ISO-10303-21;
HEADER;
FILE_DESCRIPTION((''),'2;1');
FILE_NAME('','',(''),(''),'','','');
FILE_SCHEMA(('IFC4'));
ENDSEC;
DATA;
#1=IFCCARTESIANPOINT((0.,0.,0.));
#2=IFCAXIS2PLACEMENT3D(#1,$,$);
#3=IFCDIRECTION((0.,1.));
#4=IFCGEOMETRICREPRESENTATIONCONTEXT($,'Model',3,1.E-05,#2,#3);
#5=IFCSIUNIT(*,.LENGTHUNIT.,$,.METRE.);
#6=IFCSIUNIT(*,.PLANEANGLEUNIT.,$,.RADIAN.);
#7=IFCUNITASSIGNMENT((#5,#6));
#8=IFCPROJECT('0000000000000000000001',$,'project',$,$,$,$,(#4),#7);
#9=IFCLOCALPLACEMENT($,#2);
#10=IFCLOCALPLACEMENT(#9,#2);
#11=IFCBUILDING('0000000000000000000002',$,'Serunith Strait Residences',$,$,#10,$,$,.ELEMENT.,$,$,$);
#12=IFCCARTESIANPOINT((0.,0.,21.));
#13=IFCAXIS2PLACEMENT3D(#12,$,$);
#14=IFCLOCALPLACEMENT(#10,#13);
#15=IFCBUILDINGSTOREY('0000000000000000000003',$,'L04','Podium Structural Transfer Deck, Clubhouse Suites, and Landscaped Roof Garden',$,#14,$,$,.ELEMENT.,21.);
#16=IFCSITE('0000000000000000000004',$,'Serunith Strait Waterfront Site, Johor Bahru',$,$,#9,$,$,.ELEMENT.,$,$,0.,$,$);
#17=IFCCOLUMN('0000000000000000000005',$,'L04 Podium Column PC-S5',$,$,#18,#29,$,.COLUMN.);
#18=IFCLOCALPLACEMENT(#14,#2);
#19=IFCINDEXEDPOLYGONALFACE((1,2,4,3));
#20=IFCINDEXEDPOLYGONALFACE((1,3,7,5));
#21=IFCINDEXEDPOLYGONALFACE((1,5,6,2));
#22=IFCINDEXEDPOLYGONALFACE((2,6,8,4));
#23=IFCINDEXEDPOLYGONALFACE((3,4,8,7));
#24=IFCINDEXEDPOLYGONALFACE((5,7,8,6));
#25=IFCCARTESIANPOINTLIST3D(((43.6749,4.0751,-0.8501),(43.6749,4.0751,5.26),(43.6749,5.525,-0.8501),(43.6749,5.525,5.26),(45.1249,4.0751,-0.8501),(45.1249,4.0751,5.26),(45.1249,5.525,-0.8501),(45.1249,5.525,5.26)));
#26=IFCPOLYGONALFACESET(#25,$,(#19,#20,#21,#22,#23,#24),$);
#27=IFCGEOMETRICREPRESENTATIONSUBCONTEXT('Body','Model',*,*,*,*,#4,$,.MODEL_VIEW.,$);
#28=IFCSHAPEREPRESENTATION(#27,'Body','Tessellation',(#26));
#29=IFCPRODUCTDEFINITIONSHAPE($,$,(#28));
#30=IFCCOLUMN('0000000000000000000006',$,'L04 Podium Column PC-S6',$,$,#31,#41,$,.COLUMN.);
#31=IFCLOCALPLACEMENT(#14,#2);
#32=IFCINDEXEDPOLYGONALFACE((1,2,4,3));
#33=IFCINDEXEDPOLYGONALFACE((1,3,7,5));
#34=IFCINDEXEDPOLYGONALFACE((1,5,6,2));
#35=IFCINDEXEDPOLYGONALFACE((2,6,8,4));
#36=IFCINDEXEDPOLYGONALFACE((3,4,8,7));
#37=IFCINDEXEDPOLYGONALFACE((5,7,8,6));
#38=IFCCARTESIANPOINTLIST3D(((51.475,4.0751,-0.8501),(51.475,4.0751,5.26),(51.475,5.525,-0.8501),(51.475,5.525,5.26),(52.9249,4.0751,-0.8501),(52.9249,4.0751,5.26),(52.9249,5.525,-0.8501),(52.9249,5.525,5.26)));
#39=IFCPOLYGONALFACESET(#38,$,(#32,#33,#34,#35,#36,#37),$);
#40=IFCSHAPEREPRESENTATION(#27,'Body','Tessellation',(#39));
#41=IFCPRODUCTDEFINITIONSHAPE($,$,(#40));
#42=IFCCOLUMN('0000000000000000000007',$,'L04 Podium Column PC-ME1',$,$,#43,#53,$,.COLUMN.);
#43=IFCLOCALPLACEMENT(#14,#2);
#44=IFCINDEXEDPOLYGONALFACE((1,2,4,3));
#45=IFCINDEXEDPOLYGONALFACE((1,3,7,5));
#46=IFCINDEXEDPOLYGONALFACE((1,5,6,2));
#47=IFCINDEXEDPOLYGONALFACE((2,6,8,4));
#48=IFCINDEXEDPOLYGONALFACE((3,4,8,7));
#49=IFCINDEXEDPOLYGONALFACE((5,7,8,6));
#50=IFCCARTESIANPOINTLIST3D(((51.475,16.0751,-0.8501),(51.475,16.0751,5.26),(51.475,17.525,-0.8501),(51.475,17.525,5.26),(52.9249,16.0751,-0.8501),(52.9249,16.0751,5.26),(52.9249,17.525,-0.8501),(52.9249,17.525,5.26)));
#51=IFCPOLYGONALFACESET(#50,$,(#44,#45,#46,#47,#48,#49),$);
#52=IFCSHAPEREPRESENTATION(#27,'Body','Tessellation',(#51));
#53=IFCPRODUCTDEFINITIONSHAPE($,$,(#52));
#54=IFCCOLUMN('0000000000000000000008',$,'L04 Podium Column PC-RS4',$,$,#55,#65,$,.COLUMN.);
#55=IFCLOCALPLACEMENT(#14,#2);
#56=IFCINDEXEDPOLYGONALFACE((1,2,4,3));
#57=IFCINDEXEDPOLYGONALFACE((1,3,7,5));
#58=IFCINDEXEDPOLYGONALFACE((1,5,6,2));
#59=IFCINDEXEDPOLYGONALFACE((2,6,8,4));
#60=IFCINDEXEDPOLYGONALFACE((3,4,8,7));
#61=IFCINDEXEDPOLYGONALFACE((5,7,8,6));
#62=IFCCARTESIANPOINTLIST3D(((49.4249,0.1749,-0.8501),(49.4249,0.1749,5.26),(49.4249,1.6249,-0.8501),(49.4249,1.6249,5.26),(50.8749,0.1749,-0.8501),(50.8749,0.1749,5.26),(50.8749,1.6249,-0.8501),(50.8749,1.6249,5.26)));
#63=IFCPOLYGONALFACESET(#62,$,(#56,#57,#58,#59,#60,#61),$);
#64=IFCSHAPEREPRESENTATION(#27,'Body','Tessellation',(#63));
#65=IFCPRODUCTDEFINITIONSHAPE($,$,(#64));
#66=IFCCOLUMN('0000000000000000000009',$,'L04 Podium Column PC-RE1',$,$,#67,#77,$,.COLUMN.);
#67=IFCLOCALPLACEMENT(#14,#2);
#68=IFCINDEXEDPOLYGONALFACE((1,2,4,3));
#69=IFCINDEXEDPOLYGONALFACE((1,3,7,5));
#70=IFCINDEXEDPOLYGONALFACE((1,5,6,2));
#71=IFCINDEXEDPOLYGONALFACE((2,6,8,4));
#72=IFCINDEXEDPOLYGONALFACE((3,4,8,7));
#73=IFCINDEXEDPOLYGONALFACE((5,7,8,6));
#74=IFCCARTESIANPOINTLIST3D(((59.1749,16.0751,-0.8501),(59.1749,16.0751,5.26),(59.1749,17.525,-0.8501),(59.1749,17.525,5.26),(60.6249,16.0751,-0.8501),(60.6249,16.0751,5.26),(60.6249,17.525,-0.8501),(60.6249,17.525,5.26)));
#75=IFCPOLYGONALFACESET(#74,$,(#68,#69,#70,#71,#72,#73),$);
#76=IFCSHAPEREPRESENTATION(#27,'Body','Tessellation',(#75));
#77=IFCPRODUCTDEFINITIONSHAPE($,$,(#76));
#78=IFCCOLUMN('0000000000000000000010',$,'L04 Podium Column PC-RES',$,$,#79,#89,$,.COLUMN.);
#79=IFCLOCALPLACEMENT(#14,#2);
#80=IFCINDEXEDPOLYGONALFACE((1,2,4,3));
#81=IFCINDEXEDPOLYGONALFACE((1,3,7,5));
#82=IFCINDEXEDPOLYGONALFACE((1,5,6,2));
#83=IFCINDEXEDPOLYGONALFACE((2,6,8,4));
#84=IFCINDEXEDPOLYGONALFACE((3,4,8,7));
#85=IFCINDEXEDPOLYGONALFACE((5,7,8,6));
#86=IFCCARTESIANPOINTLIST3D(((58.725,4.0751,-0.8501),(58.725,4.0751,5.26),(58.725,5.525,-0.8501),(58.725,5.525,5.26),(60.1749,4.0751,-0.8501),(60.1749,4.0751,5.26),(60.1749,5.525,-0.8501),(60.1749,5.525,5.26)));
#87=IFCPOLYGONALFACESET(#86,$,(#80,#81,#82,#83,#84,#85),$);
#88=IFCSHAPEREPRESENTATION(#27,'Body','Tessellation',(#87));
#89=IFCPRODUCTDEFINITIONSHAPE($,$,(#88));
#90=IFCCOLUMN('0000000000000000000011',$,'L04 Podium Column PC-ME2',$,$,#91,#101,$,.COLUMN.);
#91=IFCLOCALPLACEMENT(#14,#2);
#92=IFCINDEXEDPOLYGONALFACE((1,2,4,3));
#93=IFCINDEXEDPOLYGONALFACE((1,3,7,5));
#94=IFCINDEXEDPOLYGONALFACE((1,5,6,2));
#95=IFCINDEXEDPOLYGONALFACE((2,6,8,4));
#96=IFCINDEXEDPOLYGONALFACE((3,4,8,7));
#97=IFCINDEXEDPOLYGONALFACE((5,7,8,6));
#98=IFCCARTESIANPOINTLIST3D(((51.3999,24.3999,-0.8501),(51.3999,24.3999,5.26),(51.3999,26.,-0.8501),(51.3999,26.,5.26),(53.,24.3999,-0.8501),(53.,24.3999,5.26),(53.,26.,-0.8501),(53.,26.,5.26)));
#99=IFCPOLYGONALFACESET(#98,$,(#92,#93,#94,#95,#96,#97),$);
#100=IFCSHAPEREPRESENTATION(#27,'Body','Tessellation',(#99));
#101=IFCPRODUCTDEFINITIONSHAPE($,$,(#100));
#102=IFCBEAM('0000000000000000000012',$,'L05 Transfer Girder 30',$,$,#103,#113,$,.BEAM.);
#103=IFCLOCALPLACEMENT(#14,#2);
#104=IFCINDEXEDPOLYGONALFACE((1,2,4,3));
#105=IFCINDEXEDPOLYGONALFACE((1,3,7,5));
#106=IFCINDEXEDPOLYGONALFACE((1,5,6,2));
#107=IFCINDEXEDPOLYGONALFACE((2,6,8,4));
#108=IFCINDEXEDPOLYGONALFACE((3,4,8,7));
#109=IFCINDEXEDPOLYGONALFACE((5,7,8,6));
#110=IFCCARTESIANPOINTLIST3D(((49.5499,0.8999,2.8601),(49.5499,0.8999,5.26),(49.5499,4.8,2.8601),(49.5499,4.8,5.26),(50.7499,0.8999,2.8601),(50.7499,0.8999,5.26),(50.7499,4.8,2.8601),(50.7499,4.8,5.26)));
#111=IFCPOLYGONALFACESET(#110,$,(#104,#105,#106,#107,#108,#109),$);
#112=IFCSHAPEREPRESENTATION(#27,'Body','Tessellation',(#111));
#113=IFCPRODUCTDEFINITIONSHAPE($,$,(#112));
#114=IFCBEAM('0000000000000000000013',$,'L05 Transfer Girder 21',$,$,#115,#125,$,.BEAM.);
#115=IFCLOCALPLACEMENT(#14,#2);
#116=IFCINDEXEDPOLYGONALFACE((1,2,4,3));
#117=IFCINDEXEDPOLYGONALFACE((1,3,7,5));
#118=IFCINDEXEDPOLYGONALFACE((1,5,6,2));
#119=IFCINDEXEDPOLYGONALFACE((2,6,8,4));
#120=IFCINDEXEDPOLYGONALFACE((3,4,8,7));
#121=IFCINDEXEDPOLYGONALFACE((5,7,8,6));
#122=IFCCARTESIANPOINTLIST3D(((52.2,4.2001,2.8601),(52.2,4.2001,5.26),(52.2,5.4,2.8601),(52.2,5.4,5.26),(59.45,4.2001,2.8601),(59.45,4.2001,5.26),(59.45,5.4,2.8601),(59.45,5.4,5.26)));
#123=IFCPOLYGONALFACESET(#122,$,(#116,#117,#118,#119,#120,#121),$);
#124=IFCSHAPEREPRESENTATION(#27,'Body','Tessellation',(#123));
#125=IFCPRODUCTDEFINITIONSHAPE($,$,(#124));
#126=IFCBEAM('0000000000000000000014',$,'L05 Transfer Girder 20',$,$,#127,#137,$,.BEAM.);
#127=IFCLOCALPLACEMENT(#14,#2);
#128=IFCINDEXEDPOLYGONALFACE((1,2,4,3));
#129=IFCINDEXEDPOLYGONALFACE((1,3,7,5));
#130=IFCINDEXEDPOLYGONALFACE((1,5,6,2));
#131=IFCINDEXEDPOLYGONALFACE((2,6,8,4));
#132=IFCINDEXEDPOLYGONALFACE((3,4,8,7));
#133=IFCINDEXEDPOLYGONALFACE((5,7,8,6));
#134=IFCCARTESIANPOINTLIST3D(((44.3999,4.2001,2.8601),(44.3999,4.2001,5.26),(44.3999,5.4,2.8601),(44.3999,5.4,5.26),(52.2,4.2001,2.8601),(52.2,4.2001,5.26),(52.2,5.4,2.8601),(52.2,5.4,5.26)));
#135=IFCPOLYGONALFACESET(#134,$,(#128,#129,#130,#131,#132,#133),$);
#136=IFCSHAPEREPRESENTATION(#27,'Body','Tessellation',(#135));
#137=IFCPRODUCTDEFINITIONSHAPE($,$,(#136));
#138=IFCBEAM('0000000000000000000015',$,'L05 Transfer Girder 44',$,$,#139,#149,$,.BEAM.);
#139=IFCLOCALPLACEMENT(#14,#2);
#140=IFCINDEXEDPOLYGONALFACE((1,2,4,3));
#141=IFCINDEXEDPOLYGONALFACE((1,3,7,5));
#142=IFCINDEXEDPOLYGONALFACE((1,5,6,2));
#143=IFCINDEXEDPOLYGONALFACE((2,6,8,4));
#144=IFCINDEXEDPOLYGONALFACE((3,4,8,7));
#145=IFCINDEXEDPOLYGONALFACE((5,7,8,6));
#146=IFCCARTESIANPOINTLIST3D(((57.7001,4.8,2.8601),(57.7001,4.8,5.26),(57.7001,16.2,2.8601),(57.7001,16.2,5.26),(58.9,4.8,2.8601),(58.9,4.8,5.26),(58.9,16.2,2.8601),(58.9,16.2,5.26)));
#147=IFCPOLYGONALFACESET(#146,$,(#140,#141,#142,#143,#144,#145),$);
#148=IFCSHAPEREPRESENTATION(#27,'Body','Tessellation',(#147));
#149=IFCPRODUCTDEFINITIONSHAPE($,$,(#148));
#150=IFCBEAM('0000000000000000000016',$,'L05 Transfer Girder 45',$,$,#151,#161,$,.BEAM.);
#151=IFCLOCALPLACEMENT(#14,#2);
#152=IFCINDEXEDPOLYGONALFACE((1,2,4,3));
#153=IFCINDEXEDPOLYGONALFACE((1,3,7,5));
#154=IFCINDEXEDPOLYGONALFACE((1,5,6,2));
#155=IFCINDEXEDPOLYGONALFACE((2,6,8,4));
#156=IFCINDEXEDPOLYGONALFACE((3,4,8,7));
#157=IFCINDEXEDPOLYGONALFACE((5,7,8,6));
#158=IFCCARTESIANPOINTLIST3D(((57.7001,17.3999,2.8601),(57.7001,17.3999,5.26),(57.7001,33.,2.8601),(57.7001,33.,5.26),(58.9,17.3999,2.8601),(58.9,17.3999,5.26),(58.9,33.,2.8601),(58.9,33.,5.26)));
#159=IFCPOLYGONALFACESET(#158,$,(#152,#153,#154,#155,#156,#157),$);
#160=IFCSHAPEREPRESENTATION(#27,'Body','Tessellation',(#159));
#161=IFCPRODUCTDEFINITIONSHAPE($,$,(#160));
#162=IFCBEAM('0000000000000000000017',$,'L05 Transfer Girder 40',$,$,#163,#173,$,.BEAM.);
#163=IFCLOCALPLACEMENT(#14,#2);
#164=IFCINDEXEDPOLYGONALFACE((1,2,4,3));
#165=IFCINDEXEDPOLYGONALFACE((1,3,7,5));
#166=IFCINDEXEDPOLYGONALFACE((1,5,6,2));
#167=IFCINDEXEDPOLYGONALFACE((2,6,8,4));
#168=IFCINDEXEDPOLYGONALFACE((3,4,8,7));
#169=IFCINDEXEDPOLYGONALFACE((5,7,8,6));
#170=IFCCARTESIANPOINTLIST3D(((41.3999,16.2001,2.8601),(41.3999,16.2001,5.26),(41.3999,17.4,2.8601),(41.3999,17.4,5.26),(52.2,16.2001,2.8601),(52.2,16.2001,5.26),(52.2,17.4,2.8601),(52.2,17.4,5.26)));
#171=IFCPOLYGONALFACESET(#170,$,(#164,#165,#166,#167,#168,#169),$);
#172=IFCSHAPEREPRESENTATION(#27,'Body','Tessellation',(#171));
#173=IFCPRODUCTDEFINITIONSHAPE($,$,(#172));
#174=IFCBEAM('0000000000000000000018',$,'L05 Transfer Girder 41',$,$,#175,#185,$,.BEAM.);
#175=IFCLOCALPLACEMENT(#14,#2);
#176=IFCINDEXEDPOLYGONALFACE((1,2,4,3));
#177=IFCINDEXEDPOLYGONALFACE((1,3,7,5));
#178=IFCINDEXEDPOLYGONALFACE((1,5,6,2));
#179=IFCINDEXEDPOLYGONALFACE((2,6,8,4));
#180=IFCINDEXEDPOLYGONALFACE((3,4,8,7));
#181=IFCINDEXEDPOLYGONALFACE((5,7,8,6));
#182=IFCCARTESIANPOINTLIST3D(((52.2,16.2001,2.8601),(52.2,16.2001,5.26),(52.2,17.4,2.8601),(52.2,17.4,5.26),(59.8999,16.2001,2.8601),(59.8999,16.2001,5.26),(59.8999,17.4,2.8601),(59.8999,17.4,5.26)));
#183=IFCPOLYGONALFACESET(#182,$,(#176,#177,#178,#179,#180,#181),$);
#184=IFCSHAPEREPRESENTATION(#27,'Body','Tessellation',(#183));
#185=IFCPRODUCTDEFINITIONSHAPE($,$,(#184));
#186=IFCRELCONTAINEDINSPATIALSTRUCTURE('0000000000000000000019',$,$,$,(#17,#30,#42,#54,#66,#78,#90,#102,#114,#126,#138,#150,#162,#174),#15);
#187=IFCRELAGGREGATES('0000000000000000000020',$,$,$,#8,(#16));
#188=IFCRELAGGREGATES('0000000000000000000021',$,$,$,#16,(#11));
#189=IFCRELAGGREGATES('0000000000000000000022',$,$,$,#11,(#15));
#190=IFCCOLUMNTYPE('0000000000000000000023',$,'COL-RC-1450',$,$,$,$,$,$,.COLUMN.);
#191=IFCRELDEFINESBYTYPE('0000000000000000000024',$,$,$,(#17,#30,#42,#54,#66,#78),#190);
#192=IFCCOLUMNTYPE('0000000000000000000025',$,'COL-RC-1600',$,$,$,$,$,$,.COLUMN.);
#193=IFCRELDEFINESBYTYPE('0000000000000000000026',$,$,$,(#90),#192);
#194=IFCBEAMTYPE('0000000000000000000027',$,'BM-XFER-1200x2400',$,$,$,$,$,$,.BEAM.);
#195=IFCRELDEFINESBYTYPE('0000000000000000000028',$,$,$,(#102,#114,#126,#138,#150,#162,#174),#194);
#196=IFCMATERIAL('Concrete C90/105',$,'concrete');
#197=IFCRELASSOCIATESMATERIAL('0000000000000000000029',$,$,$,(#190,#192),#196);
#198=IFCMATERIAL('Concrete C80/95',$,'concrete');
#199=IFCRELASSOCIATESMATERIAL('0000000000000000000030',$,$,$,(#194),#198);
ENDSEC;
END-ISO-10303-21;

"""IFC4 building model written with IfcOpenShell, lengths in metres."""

from ifc_helpers import new_model, si_unit, direction, frame, origin, origin_2d, place, context, subcontext, project, spatial, rectangle, extrude, source, transform, mapped, material, material_profile, profile_set, type_object, element, save


model = new_model("IFC4")

# Units and contexts
model_context = context("Model", 3, precision=1e-05, world=origin(), true_north=direction((0.0, 1.0)))
body_context = subcontext(model_context, "Body", "Model", "MODEL_VIEW")
ifc_project = project(units=[si_unit("LENGTHUNIT", "METRE"), si_unit("PLANEANGLEUNIT", "RADIAN")], contexts=[model_context])

# Site, building, storey
site_placement = place(None, origin())
site = spatial("IfcSite", under=ifc_project, at=site_placement, Name="Serunith Strait Waterfront Site, Johor Bahru", CompositionType="ELEMENT", RefElevation=0.0)
building_placement = place(site_placement, origin())
building = spatial("IfcBuilding", under=site, at=building_placement, Name="Serunith Strait Residences", CompositionType="ELEMENT")
storey_placement = place(building_placement, frame((0.0, 0.0, 21.0)))
storey = spatial("IfcBuildingStorey", under=building, at=storey_placement, Name="L04", Description="Podium Structural Transfer Deck, Clubhouse Suites, and Landscaped Roof Garden", CompositionType="ELEMENT", Elevation=21.0)

# Columns
ifc_material_1 = material(Name="Concrete C90/105", Category="concrete")
ifc_material_profile_1 = material_profile(ifc_material_1, rectangle(XDim=1.45, YDim=1.45, at=origin_2d()), Name="RC 1450x1450")
ifc_profile_set_1 = profile_set([ifc_material_profile_1], Name="Concrete C90/105")
column_type_1 = type_object("IfcColumnType", Name="COL-RC-1450", PredefinedType="COLUMN", material=ifc_profile_set_1)
shared_shape_1 = source(origin(), body_context, "Body", "SweptSolid", [
    extrude(rectangle(XDim=1.45, YDim=1.45, at=origin_2d()), origin(), (0.0, 0.0, 1.0), 6.1101),
])
for number, where, z_axis, x_axis, name in (
    (1, (44.3999, 4.8, -0.8501), (0.0, 0.0, 1.0), (1.0, 0.0, 0.0), "L04 Podium Column PC-S5"),
    (2, (52.2, 4.8, -0.8501), (0.0, 0.0, 1.0), (1.0, 0.0, 0.0), "L04 Podium Column PC-S6"),
    (3, (52.2, 16.8, -0.8501), (0.0, 0.0, 1.0), (1.0, 0.0, 0.0), "L04 Podium Column PC-ME1"),
    (4, (50.1499, 0.8999, -0.8501), (0.0, 0.0, 1.0), (1.0, 0.0, 0.0), "L04 Podium Column PC-RS4"),
    (5, (59.8999, 16.8, -0.8501), (0.0, 0.0, 1.0), (1.0, 0.0, 0.0), "L04 Podium Column PC-RE1"),
    (6, (59.45, 4.8, -0.8501), (0.0, 0.0, 1.0), (1.0, 0.0, 0.0), "L04 Podium Column PC-RES"),
):
    element("IfcColumn", number, at=place(storey_placement, frame(where, z_axis=z_axis, x_axis=x_axis)), inside=storey, type_object=column_type_1, Name=name, PredefinedType="COLUMN", context=body_context, shape_type="MappedRepresentation", body=[
        mapped(shared_shape_1, transform((0.0, 0.0, 0.0), scale=1.0)),
    ])
ifc_material_profile_2 = material_profile(ifc_material_1, rectangle(XDim=1.6001, YDim=1.6001, at=origin_2d()), Name="RC 1600x1600")
ifc_profile_set_2 = profile_set([ifc_material_profile_2], Name="Concrete C90/105")
column_type_2 = type_object("IfcColumnType", Name="COL-RC-1600", PredefinedType="COLUMN", material=ifc_profile_set_2)
shared_shape_2 = source(origin(), body_context, "Body", "SweptSolid", [
    extrude(rectangle(XDim=1.6001, YDim=1.6001, at=origin_2d()), origin(), (0.0, 0.0, 1.0), 6.1101),
])
column_placement = place(storey_placement, frame((52.2, 25.2, -0.8501), z_axis=(0.0, 0.0, 1.0), x_axis=(1.0, 0.0, 0.0)))
element("IfcColumn", 7, at=column_placement, inside=storey, type_object=column_type_2, Name="L04 Podium Column PC-ME2", PredefinedType="COLUMN", context=body_context, shape_type="MappedRepresentation", body=[
    mapped(shared_shape_2, transform((0.0, 0.0, 0.0), scale=1.0)),
])

# Beams
ifc_material_2 = material(Name="Concrete C80/95", Category="concrete")
ifc_material_profile_3 = material_profile(ifc_material_2, rectangle(XDim=1.2, YDim=2.3999, at=origin_2d()), Name="RC 1200x2400")
ifc_profile_set_3 = profile_set([ifc_material_profile_3], Name="Concrete C80/95")
beam_type_1 = type_object("IfcBeamType", Name="BM-XFER-1200x2400", PredefinedType="BEAM", material=ifc_profile_set_3)
shared_shape_3 = source(origin(), body_context, "Body", "SweptSolid", [
    extrude(rectangle(XDim=1.2, YDim=2.3999, at=origin_2d()), origin(), (0.0, 0.0, 1.0), 3.9001),
])
beam_1_placement = place(storey_placement, frame((50.1499, 0.8999, 4.0601), z_axis=(0.0, 1.0, 0.0), x_axis=(-1.0, 0.0, 0.0)))
element("IfcBeam", 8, at=beam_1_placement, inside=storey, type_object=beam_type_1, Name="L05 Transfer Girder 30", PredefinedType="BEAM", context=body_context, shape_type="MappedRepresentation", body=[
    mapped(shared_shape_3, transform((0.0, 0.0, 0.0), scale=1.0)),
])
shared_shape_4 = source(origin(), body_context, "Body", "SweptSolid", [
    extrude(rectangle(XDim=1.2, YDim=2.3999, at=origin_2d()), origin(), (0.0, 0.0, 1.0), 7.25),
])
beam_2_placement = place(storey_placement, frame((52.2, 4.8, 4.0601), z_axis=(1.0, 0.0, 0.0), x_axis=(0.0, 1.0, 0.0)))
element("IfcBeam", 9, at=beam_2_placement, inside=storey, type_object=beam_type_1, Name="L05 Transfer Girder 21", PredefinedType="BEAM", context=body_context, shape_type="MappedRepresentation", body=[
    mapped(shared_shape_4, transform((0.0, 0.0, 0.0), scale=1.0)),
])
shared_shape_5 = source(origin(), body_context, "Body", "SweptSolid", [
    extrude(rectangle(XDim=1.2, YDim=2.3999, at=origin_2d()), origin(), (0.0, 0.0, 1.0), 7.8),
])
beam_3_placement = place(storey_placement, frame((44.3999, 4.8, 4.0601), z_axis=(1.0, 0.0, 0.0), x_axis=(0.0, 1.0, 0.0)))
element("IfcBeam", 10, at=beam_3_placement, inside=storey, type_object=beam_type_1, Name="L05 Transfer Girder 20", PredefinedType="BEAM", context=body_context, shape_type="MappedRepresentation", body=[
    mapped(shared_shape_5, transform((0.0, 0.0, 0.0), scale=1.0)),
])
shared_shape_6 = source(origin(), body_context, "Body", "SweptSolid", [
    extrude(rectangle(XDim=1.2, YDim=2.3999, at=origin_2d()), origin(), (0.0, 0.0, 1.0), 11.3999),
])
beam_4_placement = place(storey_placement, frame((58.3, 4.8, 4.0601), z_axis=(0.0, 1.0, 0.0), x_axis=(-1.0, 0.0, 0.0)))
element("IfcBeam", 11, at=beam_4_placement, inside=storey, type_object=beam_type_1, Name="L05 Transfer Girder 44", PredefinedType="BEAM", context=body_context, shape_type="MappedRepresentation", body=[
    mapped(shared_shape_6, transform((0.0, 0.0, 0.0), scale=1.0)),
])
shared_shape_7 = source(origin(), body_context, "Body", "SweptSolid", [
    extrude(rectangle(XDim=1.2, YDim=2.3999, at=origin_2d()), origin(), (0.0, 0.0, 1.0), 15.6001),
])
beam_5_placement = place(storey_placement, frame((58.3, 17.3999, 4.0601), z_axis=(0.0, 1.0, 0.0), x_axis=(-1.0, 0.0, 0.0)))
element("IfcBeam", 12, at=beam_5_placement, inside=storey, type_object=beam_type_1, Name="L05 Transfer Girder 45", PredefinedType="BEAM", context=body_context, shape_type="MappedRepresentation", body=[
    mapped(shared_shape_7, transform((0.0, 0.0, 0.0), scale=1.0)),
])
shared_shape_8 = source(origin(), body_context, "Body", "SweptSolid", [
    extrude(rectangle(XDim=1.2, YDim=2.3999, at=origin_2d()), origin(), (0.0, 0.0, 1.0), 10.8),
])
beam_6_placement = place(storey_placement, frame((41.3999, 16.8, 4.0601), z_axis=(1.0, 0.0, 0.0), x_axis=(0.0, 1.0, 0.0)))
element("IfcBeam", 13, at=beam_6_placement, inside=storey, type_object=beam_type_1, Name="L05 Transfer Girder 40", PredefinedType="BEAM", context=body_context, shape_type="MappedRepresentation", body=[
    mapped(shared_shape_8, transform((0.0, 0.0, 0.0), scale=1.0)),
])
shared_shape_9 = source(origin(), body_context, "Body", "SweptSolid", [
    extrude(rectangle(XDim=1.2, YDim=2.3999, at=origin_2d()), origin(), (0.0, 0.0, 1.0), 7.7),
])
beam_7_placement = place(storey_placement, frame((52.2, 16.8, 4.0601), z_axis=(1.0, 0.0, 0.0), x_axis=(0.0, 1.0, 0.0)))
element("IfcBeam", 14, at=beam_7_placement, inside=storey, type_object=beam_type_1, Name="L05 Transfer Girder 41", PredefinedType="BEAM", context=body_context, shape_type="MappedRepresentation", body=[
    mapped(shared_shape_9, transform((0.0, 0.0, 0.0), scale=1.0)),
])

save(model, "model.ifc")
